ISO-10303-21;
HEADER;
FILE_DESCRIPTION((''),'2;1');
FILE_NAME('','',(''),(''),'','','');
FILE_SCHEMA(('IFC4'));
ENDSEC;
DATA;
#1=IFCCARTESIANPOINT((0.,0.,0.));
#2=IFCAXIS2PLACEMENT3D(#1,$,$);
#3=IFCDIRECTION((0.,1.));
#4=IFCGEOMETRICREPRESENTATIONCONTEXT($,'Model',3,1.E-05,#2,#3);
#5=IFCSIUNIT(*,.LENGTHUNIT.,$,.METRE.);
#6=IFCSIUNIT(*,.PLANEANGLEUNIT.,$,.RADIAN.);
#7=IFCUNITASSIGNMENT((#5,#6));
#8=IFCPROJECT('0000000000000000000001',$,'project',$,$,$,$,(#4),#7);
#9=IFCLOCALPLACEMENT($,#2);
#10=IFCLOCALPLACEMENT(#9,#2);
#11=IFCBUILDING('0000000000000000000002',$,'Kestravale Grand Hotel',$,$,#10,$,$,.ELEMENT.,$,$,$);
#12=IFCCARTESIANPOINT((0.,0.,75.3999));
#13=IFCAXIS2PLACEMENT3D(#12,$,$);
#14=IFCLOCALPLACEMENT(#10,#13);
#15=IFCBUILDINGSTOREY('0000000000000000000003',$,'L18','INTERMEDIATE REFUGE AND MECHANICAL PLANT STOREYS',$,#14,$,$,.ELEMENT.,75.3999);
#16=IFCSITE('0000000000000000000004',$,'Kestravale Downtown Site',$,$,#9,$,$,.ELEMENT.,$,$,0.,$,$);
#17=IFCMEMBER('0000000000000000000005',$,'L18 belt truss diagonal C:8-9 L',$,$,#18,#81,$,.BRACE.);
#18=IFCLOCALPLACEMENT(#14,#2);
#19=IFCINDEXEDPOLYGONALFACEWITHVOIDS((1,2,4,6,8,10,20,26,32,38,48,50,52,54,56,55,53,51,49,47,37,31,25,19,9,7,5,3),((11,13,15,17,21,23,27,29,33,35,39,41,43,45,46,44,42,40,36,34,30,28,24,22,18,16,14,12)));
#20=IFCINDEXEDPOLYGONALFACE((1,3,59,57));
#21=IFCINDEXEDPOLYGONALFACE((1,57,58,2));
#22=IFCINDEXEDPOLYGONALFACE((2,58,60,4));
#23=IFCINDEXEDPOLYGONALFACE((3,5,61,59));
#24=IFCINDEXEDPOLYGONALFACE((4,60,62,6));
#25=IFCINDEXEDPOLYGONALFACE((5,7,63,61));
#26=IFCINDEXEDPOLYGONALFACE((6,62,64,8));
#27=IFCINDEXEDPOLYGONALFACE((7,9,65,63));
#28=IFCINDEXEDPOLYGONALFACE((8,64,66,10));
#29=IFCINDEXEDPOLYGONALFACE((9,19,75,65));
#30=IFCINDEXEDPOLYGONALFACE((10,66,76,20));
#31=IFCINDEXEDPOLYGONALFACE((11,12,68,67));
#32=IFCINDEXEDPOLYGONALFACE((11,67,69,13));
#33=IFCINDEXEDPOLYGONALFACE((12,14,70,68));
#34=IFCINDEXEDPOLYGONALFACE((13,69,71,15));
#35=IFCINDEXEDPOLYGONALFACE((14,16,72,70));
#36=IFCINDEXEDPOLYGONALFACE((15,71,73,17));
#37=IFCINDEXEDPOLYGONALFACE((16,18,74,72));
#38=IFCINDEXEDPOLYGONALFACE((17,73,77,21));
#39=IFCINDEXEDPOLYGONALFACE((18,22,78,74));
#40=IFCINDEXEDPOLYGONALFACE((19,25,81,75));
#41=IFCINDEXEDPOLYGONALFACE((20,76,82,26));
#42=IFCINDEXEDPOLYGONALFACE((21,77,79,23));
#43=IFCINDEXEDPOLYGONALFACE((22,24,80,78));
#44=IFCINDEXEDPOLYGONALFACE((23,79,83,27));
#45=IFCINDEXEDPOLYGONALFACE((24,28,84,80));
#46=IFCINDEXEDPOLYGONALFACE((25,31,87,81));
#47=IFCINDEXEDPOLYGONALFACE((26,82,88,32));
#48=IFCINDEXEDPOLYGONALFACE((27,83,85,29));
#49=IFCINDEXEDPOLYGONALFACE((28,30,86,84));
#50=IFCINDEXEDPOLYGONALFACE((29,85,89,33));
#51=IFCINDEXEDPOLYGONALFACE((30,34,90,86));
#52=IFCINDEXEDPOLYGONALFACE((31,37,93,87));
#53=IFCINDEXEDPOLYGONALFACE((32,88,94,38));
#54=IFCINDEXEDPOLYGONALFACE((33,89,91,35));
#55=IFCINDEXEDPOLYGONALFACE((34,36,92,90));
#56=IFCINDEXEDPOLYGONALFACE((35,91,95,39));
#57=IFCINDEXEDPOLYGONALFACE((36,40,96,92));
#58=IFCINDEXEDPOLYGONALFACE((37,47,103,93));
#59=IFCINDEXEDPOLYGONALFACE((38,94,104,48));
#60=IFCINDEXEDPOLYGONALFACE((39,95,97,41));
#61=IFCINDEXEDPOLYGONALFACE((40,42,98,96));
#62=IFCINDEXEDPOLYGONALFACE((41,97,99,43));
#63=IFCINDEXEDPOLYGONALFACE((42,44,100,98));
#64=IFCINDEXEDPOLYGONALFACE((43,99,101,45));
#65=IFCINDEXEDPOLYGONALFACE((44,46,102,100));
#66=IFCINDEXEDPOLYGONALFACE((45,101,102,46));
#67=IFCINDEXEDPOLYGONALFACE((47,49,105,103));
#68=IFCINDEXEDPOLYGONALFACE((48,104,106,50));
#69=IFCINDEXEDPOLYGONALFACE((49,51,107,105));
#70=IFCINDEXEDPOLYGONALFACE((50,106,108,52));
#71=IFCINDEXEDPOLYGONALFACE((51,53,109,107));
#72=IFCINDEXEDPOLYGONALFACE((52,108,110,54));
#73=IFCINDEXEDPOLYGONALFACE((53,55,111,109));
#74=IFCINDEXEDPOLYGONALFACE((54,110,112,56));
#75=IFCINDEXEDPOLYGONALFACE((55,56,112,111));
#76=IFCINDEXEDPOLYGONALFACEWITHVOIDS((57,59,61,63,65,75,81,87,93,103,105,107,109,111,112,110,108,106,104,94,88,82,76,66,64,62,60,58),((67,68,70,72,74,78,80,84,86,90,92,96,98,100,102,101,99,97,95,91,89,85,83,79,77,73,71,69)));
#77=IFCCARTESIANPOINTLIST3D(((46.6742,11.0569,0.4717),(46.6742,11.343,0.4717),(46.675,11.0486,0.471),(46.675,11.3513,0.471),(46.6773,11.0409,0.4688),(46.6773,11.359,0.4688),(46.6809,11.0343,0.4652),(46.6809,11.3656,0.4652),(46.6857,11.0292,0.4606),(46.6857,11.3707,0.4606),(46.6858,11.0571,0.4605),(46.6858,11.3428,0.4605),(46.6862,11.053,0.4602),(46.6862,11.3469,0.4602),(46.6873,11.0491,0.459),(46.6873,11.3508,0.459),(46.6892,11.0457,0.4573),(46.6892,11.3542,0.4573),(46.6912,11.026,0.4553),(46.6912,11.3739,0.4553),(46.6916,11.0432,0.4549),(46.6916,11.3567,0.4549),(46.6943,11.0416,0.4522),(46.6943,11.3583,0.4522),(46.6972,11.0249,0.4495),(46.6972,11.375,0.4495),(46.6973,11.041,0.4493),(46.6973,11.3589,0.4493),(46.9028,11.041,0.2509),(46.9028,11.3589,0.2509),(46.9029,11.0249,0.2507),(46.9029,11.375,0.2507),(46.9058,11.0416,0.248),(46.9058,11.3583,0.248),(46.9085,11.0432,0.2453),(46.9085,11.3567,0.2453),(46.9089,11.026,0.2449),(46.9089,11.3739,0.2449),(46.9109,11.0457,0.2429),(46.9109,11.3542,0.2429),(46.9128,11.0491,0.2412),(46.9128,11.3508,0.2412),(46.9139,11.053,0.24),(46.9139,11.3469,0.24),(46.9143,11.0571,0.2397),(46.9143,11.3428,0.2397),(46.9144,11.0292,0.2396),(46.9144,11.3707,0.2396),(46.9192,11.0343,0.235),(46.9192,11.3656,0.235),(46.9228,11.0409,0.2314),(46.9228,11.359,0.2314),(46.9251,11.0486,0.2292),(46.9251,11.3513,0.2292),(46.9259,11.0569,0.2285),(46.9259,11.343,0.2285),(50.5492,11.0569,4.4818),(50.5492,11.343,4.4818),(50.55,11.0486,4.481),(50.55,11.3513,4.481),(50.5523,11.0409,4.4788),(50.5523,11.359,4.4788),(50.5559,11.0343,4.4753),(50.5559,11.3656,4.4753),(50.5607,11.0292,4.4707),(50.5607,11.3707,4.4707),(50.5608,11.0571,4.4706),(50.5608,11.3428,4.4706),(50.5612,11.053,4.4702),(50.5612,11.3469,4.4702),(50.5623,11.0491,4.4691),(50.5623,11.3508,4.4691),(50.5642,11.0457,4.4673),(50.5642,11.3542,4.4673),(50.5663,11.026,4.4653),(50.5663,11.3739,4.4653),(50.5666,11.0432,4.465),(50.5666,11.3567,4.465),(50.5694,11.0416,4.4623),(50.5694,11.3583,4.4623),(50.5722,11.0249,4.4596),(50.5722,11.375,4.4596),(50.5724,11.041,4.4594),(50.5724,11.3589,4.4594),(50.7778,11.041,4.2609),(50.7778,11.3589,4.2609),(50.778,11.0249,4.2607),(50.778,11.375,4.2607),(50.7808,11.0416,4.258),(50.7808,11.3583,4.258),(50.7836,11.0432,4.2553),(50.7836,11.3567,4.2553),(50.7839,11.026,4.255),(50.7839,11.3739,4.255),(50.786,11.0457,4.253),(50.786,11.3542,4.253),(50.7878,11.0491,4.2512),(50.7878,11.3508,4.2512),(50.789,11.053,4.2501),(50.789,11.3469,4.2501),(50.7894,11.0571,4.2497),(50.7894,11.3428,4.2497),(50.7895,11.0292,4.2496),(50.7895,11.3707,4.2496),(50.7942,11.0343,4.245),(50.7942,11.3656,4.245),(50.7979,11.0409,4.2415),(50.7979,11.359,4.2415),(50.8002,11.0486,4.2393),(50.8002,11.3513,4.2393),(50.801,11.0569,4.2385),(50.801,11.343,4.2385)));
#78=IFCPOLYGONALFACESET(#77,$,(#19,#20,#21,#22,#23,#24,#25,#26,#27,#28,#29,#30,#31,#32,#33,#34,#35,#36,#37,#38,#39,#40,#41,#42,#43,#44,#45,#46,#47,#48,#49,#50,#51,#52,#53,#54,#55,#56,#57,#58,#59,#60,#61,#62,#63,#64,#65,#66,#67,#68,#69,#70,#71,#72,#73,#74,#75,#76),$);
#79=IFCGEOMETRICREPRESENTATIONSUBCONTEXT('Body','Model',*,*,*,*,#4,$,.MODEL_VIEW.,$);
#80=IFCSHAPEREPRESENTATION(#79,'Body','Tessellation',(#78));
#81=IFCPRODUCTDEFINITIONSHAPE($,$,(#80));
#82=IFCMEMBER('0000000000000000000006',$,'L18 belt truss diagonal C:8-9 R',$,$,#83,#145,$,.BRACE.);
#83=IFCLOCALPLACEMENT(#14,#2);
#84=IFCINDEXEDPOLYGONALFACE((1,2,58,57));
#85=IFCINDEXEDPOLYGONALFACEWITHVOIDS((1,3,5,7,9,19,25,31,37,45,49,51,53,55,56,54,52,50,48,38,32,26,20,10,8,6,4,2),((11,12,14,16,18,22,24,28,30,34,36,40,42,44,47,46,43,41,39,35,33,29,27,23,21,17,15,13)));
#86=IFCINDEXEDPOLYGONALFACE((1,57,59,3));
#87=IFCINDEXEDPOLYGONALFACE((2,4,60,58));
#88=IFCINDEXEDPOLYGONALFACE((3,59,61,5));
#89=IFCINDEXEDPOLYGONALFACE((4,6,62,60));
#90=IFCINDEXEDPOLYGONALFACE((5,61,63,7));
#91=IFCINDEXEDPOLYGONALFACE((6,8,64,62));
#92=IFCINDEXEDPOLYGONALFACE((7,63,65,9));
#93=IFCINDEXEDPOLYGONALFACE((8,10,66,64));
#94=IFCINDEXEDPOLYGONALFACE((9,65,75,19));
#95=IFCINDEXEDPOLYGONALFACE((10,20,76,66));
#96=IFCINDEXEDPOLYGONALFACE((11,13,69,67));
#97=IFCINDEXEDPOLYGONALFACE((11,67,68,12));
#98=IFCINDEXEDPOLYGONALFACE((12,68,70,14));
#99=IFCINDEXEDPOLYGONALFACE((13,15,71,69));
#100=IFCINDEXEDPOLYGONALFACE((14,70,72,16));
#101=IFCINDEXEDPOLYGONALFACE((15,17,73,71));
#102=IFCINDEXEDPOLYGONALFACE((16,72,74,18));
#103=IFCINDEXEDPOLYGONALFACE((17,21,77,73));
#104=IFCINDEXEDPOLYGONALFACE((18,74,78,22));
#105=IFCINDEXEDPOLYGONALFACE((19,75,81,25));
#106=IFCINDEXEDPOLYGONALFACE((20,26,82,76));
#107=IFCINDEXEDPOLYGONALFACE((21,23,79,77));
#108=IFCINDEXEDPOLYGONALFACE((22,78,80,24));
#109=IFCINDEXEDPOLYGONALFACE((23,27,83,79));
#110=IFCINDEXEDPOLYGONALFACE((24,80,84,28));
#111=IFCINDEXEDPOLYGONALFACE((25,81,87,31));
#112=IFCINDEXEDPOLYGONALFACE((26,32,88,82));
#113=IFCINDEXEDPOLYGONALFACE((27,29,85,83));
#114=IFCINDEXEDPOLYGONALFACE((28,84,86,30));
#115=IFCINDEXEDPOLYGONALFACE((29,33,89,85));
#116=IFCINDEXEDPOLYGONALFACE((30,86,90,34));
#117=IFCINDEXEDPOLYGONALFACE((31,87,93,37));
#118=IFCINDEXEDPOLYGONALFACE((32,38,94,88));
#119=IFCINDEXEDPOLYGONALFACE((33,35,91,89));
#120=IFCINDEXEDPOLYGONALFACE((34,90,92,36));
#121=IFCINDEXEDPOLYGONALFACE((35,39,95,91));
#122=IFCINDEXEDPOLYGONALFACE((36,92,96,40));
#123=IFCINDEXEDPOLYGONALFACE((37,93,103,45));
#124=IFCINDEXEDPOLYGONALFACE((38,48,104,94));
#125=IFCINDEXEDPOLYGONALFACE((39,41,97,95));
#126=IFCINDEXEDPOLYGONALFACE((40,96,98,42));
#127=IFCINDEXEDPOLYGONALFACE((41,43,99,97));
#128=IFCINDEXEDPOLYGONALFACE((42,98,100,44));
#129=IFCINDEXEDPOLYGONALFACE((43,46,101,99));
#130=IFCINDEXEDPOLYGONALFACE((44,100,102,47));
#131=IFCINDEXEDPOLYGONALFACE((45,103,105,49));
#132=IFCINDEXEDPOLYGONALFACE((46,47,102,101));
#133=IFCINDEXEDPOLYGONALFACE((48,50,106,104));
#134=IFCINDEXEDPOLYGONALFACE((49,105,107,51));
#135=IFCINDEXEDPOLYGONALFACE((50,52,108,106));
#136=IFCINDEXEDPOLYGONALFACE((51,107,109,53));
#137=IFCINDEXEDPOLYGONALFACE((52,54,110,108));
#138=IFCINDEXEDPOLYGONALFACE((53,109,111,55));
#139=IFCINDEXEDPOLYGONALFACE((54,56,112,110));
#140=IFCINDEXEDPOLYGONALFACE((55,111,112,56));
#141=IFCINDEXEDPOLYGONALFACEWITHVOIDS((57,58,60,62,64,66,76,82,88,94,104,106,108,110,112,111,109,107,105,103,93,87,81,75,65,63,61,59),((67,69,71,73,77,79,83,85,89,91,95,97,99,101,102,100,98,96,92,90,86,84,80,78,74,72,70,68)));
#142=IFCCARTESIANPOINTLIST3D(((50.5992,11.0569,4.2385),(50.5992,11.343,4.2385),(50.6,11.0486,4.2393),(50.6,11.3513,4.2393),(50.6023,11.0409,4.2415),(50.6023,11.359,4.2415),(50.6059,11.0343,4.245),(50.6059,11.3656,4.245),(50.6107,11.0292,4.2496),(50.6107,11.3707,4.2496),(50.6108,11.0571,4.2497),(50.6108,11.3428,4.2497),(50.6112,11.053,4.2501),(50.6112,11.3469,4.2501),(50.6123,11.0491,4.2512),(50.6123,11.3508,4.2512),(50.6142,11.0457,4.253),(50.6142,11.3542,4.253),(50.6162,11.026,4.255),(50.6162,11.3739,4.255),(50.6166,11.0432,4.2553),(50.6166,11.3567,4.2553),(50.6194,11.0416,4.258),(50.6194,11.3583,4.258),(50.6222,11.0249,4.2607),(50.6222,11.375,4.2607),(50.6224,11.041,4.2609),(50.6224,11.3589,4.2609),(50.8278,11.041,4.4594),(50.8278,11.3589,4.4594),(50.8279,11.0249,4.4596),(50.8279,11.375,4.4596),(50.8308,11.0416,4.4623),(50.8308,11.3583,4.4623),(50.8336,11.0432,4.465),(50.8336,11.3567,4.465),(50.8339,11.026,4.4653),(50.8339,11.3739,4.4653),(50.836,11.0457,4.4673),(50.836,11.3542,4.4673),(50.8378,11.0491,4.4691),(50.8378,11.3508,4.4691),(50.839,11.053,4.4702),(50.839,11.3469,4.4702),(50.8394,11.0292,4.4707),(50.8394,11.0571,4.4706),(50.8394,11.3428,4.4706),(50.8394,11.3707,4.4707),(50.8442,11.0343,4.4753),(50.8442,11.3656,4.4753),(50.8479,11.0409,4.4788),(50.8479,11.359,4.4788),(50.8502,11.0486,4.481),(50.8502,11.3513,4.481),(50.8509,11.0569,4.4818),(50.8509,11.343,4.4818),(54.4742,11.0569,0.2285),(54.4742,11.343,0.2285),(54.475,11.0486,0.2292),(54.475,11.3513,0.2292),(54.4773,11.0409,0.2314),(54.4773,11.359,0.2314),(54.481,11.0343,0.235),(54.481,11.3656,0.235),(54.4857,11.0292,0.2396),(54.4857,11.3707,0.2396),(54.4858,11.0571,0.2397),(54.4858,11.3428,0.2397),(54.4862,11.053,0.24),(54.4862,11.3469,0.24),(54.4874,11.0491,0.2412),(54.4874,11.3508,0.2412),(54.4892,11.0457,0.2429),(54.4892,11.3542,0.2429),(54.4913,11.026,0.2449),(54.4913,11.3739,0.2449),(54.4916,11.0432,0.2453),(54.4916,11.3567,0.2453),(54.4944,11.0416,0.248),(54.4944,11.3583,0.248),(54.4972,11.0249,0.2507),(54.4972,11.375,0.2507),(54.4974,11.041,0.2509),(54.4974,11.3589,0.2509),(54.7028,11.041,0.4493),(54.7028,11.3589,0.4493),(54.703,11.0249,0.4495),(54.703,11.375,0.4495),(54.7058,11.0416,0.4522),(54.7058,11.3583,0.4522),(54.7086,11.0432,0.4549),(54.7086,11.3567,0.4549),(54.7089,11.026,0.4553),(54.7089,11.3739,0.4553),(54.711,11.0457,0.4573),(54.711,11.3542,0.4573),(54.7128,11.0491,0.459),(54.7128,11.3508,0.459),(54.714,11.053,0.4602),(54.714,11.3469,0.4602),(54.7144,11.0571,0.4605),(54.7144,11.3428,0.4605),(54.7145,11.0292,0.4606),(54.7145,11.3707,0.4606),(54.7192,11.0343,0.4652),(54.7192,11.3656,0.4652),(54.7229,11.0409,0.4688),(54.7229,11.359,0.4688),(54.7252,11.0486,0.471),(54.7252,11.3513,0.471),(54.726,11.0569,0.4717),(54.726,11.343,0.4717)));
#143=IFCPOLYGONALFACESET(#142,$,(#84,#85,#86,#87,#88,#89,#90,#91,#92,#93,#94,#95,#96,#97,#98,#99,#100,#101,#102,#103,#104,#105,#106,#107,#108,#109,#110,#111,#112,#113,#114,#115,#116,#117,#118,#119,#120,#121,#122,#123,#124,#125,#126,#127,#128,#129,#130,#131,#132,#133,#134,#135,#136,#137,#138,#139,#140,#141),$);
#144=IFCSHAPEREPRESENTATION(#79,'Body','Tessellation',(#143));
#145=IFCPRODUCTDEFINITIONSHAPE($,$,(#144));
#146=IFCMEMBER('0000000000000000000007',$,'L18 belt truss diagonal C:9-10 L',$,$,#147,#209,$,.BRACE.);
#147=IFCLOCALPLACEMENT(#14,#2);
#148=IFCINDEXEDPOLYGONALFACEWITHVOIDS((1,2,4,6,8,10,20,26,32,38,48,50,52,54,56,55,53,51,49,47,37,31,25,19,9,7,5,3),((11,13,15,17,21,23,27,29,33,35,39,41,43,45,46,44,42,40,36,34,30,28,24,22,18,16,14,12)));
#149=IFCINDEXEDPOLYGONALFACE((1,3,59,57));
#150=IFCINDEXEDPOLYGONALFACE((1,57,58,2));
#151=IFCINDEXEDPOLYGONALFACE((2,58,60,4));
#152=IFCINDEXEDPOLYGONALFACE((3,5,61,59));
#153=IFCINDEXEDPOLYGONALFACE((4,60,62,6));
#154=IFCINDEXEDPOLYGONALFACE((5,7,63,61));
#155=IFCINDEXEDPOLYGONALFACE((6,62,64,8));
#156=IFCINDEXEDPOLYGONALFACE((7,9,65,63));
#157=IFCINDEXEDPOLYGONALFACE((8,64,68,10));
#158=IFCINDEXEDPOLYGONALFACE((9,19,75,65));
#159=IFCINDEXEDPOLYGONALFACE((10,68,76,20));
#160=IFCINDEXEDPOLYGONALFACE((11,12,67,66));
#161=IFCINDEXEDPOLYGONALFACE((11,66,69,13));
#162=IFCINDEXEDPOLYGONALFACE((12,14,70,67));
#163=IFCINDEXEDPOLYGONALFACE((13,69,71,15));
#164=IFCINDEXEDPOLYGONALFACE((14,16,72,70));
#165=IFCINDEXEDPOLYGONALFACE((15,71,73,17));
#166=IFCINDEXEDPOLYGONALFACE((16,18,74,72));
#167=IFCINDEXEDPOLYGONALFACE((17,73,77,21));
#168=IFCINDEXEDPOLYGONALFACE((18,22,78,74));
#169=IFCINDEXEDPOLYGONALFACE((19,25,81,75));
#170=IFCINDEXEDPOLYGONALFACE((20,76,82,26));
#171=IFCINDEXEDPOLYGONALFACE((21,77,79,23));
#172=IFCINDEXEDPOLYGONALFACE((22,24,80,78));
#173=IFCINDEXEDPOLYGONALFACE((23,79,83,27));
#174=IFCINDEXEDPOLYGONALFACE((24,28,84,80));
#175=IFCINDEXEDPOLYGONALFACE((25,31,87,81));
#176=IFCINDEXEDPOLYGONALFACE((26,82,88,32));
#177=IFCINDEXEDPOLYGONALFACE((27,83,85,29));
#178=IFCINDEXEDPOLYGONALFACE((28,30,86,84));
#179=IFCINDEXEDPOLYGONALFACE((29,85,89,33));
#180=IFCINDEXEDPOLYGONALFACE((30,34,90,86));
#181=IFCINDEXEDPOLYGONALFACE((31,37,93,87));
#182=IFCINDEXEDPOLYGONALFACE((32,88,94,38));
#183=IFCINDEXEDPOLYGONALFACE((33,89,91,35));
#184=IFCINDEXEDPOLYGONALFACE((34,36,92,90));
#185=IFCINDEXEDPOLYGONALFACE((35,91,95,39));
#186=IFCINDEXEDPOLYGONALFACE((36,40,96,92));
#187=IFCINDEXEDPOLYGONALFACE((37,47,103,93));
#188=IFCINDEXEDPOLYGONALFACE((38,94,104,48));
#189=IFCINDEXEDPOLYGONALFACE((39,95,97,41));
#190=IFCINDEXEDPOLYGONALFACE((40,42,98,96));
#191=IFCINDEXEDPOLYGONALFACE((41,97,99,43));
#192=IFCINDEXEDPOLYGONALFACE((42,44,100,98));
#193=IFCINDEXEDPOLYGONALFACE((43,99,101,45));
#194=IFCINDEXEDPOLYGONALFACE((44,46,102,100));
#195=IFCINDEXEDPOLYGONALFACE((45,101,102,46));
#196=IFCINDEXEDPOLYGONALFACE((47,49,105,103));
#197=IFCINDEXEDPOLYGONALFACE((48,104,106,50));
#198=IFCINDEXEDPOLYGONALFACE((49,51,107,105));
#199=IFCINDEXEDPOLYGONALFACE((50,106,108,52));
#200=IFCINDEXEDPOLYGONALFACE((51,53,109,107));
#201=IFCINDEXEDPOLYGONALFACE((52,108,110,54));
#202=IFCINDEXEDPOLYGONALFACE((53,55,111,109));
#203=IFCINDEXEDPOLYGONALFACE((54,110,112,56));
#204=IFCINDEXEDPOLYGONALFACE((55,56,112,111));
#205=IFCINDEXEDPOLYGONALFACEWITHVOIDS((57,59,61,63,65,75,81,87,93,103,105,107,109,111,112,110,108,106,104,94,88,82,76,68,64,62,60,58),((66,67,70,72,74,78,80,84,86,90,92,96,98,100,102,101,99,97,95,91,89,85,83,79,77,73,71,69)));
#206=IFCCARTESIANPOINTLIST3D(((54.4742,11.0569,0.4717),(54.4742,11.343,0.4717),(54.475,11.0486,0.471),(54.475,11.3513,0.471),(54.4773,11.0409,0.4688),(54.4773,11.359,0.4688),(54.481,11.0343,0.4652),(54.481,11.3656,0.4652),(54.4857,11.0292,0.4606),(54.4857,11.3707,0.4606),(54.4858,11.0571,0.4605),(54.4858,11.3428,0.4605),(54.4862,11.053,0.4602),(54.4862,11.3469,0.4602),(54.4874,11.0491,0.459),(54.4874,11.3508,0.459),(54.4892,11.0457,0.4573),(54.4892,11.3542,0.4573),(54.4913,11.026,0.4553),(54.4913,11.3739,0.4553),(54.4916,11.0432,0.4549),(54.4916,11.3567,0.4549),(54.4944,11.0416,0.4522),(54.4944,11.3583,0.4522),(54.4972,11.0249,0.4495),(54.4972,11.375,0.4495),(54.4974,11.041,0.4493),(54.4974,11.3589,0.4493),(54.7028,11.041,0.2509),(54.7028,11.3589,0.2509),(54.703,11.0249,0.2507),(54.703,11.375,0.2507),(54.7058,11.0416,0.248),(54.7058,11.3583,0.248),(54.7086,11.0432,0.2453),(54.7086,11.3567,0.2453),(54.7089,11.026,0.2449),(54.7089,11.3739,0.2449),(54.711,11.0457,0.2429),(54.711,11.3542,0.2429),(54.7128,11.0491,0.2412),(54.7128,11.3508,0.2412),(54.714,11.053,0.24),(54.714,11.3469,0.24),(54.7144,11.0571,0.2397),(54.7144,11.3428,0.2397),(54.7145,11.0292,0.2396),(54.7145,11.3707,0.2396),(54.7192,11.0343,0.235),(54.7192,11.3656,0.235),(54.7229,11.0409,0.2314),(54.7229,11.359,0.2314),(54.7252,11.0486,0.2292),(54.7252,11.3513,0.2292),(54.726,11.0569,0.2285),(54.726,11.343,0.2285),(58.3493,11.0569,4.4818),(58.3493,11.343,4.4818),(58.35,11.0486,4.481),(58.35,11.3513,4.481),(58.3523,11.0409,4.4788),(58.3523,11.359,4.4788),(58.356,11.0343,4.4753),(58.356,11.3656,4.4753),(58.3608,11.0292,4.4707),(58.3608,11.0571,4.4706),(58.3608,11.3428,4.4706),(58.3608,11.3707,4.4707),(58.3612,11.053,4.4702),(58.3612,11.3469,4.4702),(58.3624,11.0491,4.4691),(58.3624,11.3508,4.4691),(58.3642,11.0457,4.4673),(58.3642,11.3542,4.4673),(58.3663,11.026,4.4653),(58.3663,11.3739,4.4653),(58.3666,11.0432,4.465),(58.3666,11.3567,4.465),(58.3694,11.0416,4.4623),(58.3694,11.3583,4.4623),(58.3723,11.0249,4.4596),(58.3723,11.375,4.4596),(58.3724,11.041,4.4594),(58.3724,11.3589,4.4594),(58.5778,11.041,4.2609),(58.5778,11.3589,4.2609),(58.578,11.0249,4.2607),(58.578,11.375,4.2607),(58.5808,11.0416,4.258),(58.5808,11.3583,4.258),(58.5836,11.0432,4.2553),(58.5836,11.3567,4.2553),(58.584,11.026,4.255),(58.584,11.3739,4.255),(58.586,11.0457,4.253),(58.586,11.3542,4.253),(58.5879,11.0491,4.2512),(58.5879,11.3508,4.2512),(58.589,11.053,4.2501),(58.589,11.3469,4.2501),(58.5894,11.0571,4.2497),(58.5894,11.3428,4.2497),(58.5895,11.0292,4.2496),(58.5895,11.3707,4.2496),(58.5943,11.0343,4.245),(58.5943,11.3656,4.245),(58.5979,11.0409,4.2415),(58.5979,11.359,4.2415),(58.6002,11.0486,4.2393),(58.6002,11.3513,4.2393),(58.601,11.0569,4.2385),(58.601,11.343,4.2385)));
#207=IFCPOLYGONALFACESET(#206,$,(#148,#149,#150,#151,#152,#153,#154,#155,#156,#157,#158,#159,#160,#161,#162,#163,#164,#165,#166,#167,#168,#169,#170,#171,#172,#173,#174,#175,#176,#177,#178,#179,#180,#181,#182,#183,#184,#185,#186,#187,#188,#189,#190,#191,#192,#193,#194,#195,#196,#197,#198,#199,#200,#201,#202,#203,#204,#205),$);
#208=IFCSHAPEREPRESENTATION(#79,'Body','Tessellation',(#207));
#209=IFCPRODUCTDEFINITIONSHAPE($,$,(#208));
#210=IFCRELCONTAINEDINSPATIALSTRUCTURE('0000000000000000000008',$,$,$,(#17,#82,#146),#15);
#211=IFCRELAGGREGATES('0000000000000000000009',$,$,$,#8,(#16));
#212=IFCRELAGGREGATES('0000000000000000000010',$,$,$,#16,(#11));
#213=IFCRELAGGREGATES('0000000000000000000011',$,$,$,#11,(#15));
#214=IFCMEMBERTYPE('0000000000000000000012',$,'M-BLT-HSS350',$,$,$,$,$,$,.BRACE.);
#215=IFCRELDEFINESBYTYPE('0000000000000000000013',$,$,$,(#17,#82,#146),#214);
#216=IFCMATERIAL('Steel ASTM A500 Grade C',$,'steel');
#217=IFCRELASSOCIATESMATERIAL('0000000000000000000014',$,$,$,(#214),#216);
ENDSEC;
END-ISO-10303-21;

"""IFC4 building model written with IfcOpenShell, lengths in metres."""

from ifc_helpers import new_model, si_unit, direction, frame, origin, origin_2d, place, context, subcontext, project, spatial, hollow_rectangle, extrude, material, material_profile, profile_set, type_object, element, save


model = new_model("IFC4")

# Units and contexts
model_context = context("Model", 3, precision=1e-05, world=origin(), true_north=direction((0.0, 1.0)))
body_context = subcontext(model_context, "Body", "Model", "MODEL_VIEW")
ifc_project = project(units=[si_unit("LENGTHUNIT", "METRE"), si_unit("PLANEANGLEUNIT", "RADIAN")], contexts=[model_context])

# Site, building, storey
site_placement = place(None, origin())
site = spatial("IfcSite", under=ifc_project, at=site_placement, Name="Kestravale Downtown Site", CompositionType="ELEMENT", RefElevation=0.0)
building_placement = place(site_placement, origin())
building = spatial("IfcBuilding", under=site, at=building_placement, Name="Kestravale Grand Hotel", CompositionType="ELEMENT")
storey_placement = place(building_placement, frame((0.0, 0.0, 75.3999)))
storey = spatial("IfcBuildingStorey", under=building, at=storey_placement, Name="L18", Description="INTERMEDIATE REFUGE AND MECHANICAL PLANT STOREYS", CompositionType="ELEMENT", Elevation=75.3999)

# Members
ifc_material_1 = material(Name="Steel ASTM A500 Grade C", Category="steel")
ifc_material_profile_1 = material_profile(ifc_material_1, hollow_rectangle(XDim=0.3501, YDim=0.3501, WallThickness=0.0161, InnerFilletRadius=0.0161, OuterFilletRadius=0.032, at=origin_2d()))
ifc_profile_set_1 = profile_set([ifc_material_profile_1], Name="Steel ASTM A500 Grade C")
member_type_1 = type_object("IfcMemberType", Name="M-BLT-HSS350", PredefinedType="BRACE", material=ifc_profile_set_1)
for number, where, z_axis, x_axis, name in (
    (1, (46.8, 11.2, 0.3501), (0.694898, 0.0, 0.719109), (0.0, 1.0, 0.0), "L18 belt truss diagonal C:8-9 L"),
    (2, (54.6001, 11.2, 0.3501), (-0.694898, 0.0, 0.719109), (0.0, -1.0, 0.0), "L18 belt truss diagonal C:8-9 R"),
    (3, (54.6001, 11.2, 0.3501), (0.694898, 0.0, 0.719109), (0.0, 1.0, 0.0), "L18 belt truss diagonal C:9-10 L"),
):
    element("IfcMember", number, at=place(storey_placement, frame(where, z_axis=z_axis, x_axis=x_axis)), inside=storey, type_object=member_type_1, Name=name, PredefinedType="BRACE", context=body_context, shape_type="SweptSolid", body=[
        extrude(hollow_rectangle(XDim=0.3501, YDim=0.3501, WallThickness=0.0161, InnerFilletRadius=0.0161, OuterFilletRadius=0.032, at=origin_2d()), origin(), (0.0, 0.0, 1.0), 5.5764),
    ])

save(model, "model.ifc")
